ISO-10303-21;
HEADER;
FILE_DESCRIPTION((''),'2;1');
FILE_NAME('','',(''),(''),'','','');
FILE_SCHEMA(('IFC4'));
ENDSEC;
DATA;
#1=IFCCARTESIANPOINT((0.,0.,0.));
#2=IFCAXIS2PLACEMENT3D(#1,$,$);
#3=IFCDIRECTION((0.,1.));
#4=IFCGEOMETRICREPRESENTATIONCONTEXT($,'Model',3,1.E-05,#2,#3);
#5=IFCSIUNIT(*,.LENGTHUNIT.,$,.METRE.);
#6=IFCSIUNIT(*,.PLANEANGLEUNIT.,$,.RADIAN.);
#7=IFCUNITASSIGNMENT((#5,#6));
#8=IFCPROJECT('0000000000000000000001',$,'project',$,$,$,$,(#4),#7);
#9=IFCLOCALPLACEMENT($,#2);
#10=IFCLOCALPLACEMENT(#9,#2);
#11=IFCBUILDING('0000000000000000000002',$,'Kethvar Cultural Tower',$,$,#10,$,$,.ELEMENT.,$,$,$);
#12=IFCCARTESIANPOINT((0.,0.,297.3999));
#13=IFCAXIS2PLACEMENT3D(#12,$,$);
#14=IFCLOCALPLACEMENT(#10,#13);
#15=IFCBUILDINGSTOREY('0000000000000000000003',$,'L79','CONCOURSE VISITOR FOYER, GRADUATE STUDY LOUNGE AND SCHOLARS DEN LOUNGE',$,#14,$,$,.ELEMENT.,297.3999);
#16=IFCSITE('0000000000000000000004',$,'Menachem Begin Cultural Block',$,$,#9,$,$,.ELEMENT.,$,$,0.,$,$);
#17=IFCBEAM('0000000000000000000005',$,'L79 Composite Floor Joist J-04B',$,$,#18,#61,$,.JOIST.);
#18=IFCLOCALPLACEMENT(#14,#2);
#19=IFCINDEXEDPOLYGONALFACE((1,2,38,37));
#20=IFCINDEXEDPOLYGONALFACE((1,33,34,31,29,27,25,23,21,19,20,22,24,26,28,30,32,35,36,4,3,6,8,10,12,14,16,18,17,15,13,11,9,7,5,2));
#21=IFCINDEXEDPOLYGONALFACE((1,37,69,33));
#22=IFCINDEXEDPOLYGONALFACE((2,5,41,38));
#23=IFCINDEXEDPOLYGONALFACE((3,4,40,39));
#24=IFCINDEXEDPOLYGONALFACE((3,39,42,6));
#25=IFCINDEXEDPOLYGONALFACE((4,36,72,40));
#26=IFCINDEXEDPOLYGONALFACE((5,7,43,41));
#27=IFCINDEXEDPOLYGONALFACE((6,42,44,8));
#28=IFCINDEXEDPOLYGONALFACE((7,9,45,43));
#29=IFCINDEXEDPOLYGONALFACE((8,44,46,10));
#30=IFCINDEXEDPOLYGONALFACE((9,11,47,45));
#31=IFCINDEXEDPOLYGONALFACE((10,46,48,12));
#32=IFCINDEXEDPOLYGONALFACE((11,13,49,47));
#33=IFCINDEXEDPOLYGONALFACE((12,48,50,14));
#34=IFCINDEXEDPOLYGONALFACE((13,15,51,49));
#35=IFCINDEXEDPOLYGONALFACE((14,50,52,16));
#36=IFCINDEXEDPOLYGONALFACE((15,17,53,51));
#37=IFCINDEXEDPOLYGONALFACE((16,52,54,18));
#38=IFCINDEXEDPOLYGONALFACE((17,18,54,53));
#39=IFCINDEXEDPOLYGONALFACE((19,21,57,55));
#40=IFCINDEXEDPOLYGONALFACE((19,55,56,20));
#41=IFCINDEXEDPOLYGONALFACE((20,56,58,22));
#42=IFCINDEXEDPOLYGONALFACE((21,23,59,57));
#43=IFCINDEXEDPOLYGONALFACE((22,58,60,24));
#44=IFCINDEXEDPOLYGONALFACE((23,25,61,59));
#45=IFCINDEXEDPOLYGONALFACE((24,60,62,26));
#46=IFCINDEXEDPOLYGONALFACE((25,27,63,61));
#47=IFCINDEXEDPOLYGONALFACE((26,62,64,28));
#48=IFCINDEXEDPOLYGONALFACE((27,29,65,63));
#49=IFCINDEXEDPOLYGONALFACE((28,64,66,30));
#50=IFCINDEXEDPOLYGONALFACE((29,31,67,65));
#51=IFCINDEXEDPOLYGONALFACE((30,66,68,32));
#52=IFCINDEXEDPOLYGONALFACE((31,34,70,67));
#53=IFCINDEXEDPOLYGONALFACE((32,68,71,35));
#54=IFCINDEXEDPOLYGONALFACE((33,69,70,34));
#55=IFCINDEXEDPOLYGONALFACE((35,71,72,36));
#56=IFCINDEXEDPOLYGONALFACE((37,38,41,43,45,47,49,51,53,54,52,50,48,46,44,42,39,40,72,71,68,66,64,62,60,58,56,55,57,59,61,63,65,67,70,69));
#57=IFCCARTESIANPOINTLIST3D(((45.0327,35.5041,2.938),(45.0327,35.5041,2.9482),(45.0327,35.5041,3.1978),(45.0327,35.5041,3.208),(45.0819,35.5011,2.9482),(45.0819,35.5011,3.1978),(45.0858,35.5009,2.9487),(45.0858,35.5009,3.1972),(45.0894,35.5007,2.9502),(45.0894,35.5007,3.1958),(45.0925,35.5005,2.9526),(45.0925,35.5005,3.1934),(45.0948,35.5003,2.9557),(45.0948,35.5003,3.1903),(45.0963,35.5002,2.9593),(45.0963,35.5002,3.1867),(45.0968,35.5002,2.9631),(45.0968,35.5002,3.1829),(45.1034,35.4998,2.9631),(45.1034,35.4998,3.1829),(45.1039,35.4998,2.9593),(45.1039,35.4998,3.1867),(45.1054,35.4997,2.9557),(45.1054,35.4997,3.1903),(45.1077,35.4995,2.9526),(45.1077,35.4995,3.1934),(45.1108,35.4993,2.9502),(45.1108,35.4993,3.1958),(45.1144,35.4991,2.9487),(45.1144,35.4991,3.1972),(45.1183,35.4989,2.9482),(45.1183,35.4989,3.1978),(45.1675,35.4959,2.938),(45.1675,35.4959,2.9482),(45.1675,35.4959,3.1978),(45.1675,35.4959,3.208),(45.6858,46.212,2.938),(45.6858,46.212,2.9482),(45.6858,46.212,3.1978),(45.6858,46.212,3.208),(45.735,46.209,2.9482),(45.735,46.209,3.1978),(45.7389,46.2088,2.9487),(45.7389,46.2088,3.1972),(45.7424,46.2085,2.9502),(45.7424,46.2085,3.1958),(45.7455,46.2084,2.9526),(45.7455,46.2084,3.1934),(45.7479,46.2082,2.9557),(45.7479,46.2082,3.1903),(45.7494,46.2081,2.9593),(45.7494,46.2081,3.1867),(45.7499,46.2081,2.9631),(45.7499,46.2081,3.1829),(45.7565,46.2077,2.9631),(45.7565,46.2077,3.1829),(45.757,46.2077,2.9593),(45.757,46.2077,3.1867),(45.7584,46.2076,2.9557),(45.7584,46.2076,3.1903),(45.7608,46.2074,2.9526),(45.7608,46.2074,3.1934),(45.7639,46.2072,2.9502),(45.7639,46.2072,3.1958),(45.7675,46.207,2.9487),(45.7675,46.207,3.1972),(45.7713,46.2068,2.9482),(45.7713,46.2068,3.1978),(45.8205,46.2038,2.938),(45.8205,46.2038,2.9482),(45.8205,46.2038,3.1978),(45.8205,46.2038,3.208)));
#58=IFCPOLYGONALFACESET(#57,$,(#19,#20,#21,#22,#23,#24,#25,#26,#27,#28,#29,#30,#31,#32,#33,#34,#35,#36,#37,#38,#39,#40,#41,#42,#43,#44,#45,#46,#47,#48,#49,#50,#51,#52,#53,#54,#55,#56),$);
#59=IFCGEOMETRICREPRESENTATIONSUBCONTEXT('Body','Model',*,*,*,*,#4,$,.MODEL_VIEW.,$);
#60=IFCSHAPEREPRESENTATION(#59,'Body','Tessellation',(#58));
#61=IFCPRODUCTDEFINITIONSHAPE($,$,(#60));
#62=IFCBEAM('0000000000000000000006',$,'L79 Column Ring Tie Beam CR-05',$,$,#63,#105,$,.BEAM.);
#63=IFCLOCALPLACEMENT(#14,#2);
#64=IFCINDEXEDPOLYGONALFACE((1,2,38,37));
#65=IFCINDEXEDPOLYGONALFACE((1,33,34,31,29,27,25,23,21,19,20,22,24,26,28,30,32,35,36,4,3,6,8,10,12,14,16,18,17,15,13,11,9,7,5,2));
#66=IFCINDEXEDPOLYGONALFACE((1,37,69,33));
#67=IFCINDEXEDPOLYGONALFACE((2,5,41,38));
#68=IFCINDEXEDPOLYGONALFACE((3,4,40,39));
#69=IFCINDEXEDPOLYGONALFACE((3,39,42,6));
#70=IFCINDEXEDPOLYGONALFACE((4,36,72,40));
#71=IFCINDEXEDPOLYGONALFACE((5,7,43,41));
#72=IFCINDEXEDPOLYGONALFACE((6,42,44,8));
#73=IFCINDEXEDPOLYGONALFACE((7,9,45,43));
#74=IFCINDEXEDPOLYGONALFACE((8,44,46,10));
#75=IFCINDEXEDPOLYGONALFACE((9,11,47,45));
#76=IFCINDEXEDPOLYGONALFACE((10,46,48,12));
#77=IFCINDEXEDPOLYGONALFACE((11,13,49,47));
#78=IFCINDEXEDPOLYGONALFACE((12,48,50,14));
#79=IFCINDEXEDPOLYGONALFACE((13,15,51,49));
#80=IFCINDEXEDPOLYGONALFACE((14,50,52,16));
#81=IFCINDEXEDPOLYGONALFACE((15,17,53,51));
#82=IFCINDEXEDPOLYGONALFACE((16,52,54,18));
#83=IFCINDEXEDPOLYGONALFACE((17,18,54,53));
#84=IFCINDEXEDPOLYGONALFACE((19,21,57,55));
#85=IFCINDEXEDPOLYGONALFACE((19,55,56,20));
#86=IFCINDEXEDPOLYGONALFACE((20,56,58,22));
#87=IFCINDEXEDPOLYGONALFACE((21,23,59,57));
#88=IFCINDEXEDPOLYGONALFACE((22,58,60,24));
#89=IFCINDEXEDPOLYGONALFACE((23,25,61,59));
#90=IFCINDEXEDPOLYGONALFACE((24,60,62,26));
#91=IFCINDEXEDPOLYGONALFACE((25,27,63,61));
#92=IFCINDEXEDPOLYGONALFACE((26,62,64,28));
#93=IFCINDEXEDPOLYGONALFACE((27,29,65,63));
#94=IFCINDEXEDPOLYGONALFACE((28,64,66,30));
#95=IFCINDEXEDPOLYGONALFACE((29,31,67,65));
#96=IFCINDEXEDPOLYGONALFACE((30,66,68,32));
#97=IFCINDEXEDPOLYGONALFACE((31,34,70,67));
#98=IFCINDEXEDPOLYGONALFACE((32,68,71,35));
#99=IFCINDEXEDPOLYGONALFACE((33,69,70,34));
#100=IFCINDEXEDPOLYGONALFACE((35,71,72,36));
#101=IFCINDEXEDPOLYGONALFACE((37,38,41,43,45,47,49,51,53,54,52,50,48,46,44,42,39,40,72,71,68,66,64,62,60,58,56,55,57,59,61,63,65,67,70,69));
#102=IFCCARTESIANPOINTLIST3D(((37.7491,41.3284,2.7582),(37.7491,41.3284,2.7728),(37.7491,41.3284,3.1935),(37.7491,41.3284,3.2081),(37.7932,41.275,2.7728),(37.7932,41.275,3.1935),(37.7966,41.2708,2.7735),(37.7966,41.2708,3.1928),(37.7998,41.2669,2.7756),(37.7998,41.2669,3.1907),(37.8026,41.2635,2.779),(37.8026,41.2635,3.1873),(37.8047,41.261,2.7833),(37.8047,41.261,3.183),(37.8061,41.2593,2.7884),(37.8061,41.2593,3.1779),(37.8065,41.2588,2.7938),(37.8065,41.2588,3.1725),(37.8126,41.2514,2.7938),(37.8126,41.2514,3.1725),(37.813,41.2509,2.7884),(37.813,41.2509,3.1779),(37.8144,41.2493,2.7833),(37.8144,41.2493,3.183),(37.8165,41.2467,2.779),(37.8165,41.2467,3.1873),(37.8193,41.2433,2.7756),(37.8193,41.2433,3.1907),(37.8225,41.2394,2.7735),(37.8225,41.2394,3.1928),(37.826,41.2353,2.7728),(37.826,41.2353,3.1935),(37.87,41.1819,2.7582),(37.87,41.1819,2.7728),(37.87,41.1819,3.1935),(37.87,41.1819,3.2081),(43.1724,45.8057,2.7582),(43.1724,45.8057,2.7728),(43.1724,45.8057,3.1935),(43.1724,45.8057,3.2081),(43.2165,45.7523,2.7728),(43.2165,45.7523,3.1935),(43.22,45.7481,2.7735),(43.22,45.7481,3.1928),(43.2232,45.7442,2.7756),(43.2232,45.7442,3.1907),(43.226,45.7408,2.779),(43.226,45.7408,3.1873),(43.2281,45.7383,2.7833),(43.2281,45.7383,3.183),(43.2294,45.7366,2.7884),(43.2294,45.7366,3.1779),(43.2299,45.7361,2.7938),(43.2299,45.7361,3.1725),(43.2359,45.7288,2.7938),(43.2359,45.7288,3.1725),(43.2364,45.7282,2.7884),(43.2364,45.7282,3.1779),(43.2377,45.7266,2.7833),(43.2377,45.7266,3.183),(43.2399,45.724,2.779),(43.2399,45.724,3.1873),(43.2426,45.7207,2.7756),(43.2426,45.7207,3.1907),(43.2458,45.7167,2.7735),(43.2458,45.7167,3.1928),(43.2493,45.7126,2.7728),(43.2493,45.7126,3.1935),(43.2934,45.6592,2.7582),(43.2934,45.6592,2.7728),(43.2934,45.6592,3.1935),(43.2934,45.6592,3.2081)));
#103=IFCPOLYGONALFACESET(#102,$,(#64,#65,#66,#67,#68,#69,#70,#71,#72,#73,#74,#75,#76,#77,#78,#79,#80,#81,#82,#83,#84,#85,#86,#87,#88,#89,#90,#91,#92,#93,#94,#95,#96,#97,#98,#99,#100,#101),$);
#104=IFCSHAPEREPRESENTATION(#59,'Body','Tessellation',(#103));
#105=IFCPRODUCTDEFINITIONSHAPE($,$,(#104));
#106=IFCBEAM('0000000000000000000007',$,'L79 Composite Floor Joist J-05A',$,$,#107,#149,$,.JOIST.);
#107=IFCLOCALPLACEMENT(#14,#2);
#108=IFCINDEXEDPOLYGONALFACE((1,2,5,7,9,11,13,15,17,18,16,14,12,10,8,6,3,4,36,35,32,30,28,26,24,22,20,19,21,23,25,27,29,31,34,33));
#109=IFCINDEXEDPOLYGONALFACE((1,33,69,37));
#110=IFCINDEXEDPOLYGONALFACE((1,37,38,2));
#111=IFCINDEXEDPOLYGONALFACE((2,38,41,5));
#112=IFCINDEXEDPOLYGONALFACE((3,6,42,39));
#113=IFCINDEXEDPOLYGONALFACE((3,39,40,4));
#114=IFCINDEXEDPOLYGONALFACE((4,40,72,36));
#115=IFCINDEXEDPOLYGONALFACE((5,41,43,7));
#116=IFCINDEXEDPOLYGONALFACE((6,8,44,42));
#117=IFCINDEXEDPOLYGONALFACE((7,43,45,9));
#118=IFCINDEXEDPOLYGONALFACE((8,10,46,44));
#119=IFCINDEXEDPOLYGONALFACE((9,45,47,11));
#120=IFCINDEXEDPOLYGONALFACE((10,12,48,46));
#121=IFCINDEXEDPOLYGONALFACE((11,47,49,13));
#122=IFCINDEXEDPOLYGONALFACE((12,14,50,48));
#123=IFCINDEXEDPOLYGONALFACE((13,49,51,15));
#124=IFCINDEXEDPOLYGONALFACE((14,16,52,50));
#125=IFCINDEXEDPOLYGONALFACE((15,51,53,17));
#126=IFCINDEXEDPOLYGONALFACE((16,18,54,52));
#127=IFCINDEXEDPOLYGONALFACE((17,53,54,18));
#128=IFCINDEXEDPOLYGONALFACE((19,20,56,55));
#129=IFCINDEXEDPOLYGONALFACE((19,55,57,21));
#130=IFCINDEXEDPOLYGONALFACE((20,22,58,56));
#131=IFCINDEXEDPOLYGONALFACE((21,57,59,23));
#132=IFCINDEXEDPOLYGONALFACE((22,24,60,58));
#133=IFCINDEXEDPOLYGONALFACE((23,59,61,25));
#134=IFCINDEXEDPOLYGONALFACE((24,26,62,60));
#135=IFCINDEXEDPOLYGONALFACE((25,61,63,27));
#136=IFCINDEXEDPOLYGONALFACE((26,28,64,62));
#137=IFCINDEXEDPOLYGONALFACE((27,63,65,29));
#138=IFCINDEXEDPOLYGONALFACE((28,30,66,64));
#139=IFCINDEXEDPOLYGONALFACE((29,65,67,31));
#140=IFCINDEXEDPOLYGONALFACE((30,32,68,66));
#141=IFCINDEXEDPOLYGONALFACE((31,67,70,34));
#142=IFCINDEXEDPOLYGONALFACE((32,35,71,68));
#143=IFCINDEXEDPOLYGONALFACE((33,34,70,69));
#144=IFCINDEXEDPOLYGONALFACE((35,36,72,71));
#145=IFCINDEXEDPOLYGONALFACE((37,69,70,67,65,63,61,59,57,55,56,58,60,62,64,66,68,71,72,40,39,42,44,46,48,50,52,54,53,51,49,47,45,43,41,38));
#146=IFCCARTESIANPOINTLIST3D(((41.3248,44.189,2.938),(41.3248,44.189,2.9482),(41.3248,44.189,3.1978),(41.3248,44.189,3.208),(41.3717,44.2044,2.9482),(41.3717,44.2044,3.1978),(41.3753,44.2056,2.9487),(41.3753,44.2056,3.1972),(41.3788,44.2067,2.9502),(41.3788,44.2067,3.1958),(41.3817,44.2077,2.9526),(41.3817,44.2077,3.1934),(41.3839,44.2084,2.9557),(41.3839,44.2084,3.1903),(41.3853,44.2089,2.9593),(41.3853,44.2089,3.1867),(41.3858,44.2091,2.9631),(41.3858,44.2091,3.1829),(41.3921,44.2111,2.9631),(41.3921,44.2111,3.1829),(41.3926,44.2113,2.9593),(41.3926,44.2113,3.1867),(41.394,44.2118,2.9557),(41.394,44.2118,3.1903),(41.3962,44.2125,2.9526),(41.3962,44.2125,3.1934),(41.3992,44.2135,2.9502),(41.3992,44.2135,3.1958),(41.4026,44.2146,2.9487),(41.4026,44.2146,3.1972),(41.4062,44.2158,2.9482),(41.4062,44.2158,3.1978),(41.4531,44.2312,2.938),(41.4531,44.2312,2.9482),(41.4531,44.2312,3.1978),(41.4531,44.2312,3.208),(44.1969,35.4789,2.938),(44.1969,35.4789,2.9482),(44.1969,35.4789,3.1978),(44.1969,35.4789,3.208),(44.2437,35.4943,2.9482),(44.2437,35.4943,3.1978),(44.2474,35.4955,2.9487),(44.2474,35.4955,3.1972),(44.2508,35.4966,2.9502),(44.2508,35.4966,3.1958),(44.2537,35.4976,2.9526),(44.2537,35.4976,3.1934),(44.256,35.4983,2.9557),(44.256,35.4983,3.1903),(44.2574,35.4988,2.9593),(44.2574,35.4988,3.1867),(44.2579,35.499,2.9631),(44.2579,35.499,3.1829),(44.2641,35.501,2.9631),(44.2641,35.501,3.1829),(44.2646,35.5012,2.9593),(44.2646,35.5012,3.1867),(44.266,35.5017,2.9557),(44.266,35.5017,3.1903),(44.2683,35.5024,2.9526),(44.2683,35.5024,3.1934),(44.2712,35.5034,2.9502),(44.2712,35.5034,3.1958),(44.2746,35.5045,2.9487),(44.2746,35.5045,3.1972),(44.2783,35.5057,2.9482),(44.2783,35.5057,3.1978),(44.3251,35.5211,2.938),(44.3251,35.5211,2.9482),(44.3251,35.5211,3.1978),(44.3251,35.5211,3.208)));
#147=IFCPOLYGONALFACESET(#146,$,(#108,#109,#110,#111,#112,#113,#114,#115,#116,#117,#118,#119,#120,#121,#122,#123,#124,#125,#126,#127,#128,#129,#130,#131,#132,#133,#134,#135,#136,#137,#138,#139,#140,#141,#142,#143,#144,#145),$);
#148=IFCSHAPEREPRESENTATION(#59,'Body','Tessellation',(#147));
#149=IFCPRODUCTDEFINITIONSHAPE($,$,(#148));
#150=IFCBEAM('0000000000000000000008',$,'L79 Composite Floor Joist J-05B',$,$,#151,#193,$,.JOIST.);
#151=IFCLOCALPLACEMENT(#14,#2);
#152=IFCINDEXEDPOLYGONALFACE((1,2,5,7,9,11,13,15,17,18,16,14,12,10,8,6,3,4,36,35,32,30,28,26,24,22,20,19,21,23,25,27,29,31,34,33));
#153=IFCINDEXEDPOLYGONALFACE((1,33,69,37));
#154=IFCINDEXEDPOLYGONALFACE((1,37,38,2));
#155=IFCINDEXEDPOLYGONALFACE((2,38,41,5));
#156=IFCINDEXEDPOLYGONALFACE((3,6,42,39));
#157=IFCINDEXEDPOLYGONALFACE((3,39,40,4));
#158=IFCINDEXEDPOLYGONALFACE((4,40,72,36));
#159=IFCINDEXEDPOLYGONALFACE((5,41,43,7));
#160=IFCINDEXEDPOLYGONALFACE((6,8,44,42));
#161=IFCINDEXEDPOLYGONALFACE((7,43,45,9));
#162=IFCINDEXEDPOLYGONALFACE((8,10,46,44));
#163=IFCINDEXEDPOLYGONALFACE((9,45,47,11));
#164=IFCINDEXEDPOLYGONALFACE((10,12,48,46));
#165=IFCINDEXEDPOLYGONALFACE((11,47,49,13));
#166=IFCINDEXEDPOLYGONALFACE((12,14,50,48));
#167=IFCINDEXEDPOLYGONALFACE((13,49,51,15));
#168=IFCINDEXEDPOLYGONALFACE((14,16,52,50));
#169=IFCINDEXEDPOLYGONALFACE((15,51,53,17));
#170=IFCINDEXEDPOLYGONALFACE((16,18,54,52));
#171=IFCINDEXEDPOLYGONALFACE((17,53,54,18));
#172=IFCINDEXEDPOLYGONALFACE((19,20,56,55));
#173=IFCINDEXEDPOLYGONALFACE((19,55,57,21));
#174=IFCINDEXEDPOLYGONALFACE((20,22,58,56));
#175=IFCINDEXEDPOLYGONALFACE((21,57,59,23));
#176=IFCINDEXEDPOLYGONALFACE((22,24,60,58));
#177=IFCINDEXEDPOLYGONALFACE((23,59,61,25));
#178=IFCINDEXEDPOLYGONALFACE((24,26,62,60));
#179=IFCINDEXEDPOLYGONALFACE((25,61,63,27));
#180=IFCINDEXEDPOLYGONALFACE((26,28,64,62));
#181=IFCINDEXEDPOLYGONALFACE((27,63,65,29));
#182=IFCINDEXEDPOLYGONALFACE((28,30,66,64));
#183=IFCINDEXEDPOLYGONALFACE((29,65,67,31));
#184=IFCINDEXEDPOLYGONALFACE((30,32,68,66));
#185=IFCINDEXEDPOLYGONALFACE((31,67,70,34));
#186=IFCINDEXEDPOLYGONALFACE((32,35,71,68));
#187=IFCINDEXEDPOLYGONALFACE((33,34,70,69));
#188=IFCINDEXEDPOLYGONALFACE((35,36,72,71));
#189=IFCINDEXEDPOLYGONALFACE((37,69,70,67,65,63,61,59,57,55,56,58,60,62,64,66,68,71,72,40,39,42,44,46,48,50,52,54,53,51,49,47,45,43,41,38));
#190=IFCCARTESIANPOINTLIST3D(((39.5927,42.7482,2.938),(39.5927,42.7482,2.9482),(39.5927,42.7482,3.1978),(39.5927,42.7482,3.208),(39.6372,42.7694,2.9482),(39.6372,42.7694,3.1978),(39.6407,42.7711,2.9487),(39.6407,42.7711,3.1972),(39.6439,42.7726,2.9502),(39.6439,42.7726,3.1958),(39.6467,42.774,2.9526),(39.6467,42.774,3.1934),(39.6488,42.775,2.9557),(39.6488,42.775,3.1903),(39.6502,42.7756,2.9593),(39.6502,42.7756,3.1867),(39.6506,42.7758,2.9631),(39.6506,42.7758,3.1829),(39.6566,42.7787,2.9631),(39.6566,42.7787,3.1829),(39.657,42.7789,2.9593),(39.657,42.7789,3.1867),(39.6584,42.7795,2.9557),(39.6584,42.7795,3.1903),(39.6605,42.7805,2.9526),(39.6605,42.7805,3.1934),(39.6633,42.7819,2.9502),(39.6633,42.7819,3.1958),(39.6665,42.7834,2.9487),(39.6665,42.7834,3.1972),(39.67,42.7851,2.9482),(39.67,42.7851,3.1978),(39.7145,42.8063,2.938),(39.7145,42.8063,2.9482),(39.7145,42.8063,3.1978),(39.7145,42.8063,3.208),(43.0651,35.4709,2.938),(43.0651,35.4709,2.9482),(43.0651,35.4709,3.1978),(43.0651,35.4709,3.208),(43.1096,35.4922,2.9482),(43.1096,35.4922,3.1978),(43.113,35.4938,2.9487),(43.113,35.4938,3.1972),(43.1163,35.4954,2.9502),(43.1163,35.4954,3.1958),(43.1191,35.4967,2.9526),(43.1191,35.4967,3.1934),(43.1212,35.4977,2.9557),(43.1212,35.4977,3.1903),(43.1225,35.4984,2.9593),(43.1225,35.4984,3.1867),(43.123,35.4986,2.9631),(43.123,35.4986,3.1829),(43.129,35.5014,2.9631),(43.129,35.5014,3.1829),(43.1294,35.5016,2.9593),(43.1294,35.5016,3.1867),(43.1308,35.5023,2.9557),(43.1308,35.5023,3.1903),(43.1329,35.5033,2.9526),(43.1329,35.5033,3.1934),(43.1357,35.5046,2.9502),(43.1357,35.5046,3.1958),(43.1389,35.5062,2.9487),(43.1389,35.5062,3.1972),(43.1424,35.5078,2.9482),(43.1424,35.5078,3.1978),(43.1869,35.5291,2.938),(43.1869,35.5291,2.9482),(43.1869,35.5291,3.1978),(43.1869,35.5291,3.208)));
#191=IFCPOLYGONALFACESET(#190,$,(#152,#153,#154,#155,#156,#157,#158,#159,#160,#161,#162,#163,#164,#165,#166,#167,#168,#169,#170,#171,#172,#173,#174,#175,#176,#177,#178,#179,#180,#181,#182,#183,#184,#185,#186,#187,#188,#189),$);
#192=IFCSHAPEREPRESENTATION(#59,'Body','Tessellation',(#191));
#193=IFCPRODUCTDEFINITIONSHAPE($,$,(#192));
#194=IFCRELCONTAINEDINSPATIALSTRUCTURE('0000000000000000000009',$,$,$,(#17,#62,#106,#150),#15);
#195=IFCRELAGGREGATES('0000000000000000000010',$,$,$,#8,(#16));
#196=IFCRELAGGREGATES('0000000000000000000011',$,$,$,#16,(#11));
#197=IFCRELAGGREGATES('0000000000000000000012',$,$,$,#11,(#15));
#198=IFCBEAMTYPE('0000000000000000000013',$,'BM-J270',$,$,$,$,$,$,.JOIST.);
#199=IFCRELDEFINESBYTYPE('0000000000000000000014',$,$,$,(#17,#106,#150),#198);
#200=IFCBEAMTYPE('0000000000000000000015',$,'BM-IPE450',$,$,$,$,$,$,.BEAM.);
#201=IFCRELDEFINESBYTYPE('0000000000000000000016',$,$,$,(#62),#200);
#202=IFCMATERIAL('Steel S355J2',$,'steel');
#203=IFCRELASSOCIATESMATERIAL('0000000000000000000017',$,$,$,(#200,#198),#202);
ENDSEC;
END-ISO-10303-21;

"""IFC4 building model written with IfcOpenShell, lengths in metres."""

from ifc_helpers import new_model, si_unit, direction, frame, origin, origin_2d, place, context, subcontext, project, spatial, i_section, extrude, source, transform, mapped, material, material_profile, profile_set, type_object, element, save


model = new_model("IFC4")

# Units and contexts
model_context = context("Model", 3, precision=1e-05, world=origin(), true_north=direction((0.0, 1.0)))
body_context = subcontext(model_context, "Body", "Model", "MODEL_VIEW")
ifc_project = project(units=[si_unit("LENGTHUNIT", "METRE"), si_unit("PLANEANGLEUNIT", "RADIAN")], contexts=[model_context])

# Site, building, storey
site_placement = place(None, origin())
site = spatial("IfcSite", under=ifc_project, at=site_placement, Name="Menachem Begin Cultural Block", CompositionType="ELEMENT", RefElevation=0.0)
building_placement = place(site_placement, origin())
building = spatial("IfcBuilding", under=site, at=building_placement, Name="Kethvar Cultural Tower", CompositionType="ELEMENT")
storey_placement = place(building_placement, frame((0.0, 0.0, 297.3999)))
storey = spatial("IfcBuildingStorey", under=building, at=storey_placement, Name="L79", Description="CONCOURSE VISITOR FOYER, GRADUATE STUDY LOUNGE AND SCHOLARS DEN LOUNGE", CompositionType="ELEMENT", Elevation=297.3999)

# Shared definitions
ifc_material_1 = material(Name="Steel S355J2", Category="steel")

# Beams
ifc_material_profile_1 = material_profile(ifc_material_1, i_section(OverallWidth=0.1899, OverallDepth=0.45, WebThickness=0.0095, FlangeThickness=0.0146, FilletRadius=0.021, at=origin_2d()), Name="Steel S355J2 — IPE450")
ifc_profile_set_1 = profile_set([ifc_material_profile_1], Name="Steel S355J2 — IPE450")
beam_type_1 = type_object("IfcBeamType", Name="BM-IPE450", PredefinedType="BEAM", material=ifc_profile_set_1)
ifc_material_profile_2 = material_profile(ifc_material_1, i_section(OverallWidth=0.135, OverallDepth=0.27, WebThickness=0.0066, FlangeThickness=0.0103, FilletRadius=0.0149, at=origin_2d()), Name="Steel S355J2 — IPE270")
ifc_profile_set_2 = profile_set([ifc_material_profile_2], Name="Steel S355J2 — IPE270")
beam_type_2 = type_object("IfcBeamType", Name="BM-J270", PredefinedType="JOIST", material=ifc_profile_set_2)
shared_shape_1 = source(origin(), body_context, "Body", "SweptSolid", [
    extrude(i_section(OverallWidth=0.135, OverallDepth=0.27, WebThickness=0.0066, FlangeThickness=0.0103, FilletRadius=0.0149, at=origin_2d()), origin(), (0.0, 0.0, 1.0), 10.7278),
])
beam_1_placement = place(storey_placement, frame((45.1001, 35.5, 3.073), z_axis=(0.060876, 0.998145, 0.0), x_axis=(-0.998145, 0.060876, 0.0)))
element("IfcBeam", 1, at=beam_1_placement, inside=storey, type_object=beam_type_2, Name="L79 Composite Floor Joist J-04B", PredefinedType="JOIST", context=body_context, shape_type="MappedRepresentation", body=[
    mapped(shared_shape_1, transform((0.0, 0.0, 0.0), scale=1.0)),
])
shared_shape_2 = source(origin(), body_context, "Body", "SweptSolid", [
    extrude(i_section(OverallWidth=0.1899, OverallDepth=0.45, WebThickness=0.0095, FlangeThickness=0.0146, FilletRadius=0.021, at=origin_2d()), origin(), (0.0, 0.0, 1.0), 7.0327),
])
beam_2_placement = place(storey_placement, frame((43.2329, 45.7324, 2.9832), z_axis=(-0.771161, -0.63664, 0.0), x_axis=(0.63664, -0.771161, 0.0)))
element("IfcBeam", 2, at=beam_2_placement, inside=storey, type_object=beam_type_1, Name="L79 Column Ring Tie Beam CR-05", PredefinedType="BEAM", context=body_context, shape_type="MappedRepresentation", body=[
    mapped(shared_shape_2, transform((0.0, 0.0, 0.0), scale=1.0)),
])
shared_shape_3 = source(origin(), body_context, "Body", "SweptSolid", [
    extrude(i_section(OverallWidth=0.135, OverallDepth=0.27, WebThickness=0.0066, FlangeThickness=0.0103, FilletRadius=0.0149, at=origin_2d()), origin(), (0.0, 0.0, 1.0), 9.1714),
])
beam_3_placement = place(storey_placement, frame((44.261, 35.5, 3.073), z_axis=(-0.313152, 0.949703, 0.0), x_axis=(-0.949703, -0.313152, 0.0)))
element("IfcBeam", 3, at=beam_3_placement, inside=storey, type_object=beam_type_2, Name="L79 Composite Floor Joist J-05A", PredefinedType="JOIST", context=body_context, shape_type="MappedRepresentation", body=[
    mapped(shared_shape_3, transform((0.0, 0.0, 0.0), scale=1.0)),
])
shared_shape_4 = source(origin(), body_context, "Body", "SweptSolid", [
    extrude(i_section(OverallWidth=0.135, OverallDepth=0.27, WebThickness=0.0066, FlangeThickness=0.0103, FilletRadius=0.0149, at=origin_2d()), origin(), (0.0, 0.0, 1.0), 8.0632),
])
beam_4_placement = place(storey_placement, frame((43.126, 35.5, 3.073), z_axis=(-0.430642, 0.902523, 0.0), x_axis=(-0.902523, -0.430642, 0.0)))
element("IfcBeam", 4, at=beam_4_placement, inside=storey, type_object=beam_type_2, Name="L79 Composite Floor Joist J-05B", PredefinedType="JOIST", context=body_context, shape_type="MappedRepresentation", body=[
    mapped(shared_shape_4, transform((0.0, 0.0, 0.0), scale=1.0)),
])

save(model, "model.ifc")
